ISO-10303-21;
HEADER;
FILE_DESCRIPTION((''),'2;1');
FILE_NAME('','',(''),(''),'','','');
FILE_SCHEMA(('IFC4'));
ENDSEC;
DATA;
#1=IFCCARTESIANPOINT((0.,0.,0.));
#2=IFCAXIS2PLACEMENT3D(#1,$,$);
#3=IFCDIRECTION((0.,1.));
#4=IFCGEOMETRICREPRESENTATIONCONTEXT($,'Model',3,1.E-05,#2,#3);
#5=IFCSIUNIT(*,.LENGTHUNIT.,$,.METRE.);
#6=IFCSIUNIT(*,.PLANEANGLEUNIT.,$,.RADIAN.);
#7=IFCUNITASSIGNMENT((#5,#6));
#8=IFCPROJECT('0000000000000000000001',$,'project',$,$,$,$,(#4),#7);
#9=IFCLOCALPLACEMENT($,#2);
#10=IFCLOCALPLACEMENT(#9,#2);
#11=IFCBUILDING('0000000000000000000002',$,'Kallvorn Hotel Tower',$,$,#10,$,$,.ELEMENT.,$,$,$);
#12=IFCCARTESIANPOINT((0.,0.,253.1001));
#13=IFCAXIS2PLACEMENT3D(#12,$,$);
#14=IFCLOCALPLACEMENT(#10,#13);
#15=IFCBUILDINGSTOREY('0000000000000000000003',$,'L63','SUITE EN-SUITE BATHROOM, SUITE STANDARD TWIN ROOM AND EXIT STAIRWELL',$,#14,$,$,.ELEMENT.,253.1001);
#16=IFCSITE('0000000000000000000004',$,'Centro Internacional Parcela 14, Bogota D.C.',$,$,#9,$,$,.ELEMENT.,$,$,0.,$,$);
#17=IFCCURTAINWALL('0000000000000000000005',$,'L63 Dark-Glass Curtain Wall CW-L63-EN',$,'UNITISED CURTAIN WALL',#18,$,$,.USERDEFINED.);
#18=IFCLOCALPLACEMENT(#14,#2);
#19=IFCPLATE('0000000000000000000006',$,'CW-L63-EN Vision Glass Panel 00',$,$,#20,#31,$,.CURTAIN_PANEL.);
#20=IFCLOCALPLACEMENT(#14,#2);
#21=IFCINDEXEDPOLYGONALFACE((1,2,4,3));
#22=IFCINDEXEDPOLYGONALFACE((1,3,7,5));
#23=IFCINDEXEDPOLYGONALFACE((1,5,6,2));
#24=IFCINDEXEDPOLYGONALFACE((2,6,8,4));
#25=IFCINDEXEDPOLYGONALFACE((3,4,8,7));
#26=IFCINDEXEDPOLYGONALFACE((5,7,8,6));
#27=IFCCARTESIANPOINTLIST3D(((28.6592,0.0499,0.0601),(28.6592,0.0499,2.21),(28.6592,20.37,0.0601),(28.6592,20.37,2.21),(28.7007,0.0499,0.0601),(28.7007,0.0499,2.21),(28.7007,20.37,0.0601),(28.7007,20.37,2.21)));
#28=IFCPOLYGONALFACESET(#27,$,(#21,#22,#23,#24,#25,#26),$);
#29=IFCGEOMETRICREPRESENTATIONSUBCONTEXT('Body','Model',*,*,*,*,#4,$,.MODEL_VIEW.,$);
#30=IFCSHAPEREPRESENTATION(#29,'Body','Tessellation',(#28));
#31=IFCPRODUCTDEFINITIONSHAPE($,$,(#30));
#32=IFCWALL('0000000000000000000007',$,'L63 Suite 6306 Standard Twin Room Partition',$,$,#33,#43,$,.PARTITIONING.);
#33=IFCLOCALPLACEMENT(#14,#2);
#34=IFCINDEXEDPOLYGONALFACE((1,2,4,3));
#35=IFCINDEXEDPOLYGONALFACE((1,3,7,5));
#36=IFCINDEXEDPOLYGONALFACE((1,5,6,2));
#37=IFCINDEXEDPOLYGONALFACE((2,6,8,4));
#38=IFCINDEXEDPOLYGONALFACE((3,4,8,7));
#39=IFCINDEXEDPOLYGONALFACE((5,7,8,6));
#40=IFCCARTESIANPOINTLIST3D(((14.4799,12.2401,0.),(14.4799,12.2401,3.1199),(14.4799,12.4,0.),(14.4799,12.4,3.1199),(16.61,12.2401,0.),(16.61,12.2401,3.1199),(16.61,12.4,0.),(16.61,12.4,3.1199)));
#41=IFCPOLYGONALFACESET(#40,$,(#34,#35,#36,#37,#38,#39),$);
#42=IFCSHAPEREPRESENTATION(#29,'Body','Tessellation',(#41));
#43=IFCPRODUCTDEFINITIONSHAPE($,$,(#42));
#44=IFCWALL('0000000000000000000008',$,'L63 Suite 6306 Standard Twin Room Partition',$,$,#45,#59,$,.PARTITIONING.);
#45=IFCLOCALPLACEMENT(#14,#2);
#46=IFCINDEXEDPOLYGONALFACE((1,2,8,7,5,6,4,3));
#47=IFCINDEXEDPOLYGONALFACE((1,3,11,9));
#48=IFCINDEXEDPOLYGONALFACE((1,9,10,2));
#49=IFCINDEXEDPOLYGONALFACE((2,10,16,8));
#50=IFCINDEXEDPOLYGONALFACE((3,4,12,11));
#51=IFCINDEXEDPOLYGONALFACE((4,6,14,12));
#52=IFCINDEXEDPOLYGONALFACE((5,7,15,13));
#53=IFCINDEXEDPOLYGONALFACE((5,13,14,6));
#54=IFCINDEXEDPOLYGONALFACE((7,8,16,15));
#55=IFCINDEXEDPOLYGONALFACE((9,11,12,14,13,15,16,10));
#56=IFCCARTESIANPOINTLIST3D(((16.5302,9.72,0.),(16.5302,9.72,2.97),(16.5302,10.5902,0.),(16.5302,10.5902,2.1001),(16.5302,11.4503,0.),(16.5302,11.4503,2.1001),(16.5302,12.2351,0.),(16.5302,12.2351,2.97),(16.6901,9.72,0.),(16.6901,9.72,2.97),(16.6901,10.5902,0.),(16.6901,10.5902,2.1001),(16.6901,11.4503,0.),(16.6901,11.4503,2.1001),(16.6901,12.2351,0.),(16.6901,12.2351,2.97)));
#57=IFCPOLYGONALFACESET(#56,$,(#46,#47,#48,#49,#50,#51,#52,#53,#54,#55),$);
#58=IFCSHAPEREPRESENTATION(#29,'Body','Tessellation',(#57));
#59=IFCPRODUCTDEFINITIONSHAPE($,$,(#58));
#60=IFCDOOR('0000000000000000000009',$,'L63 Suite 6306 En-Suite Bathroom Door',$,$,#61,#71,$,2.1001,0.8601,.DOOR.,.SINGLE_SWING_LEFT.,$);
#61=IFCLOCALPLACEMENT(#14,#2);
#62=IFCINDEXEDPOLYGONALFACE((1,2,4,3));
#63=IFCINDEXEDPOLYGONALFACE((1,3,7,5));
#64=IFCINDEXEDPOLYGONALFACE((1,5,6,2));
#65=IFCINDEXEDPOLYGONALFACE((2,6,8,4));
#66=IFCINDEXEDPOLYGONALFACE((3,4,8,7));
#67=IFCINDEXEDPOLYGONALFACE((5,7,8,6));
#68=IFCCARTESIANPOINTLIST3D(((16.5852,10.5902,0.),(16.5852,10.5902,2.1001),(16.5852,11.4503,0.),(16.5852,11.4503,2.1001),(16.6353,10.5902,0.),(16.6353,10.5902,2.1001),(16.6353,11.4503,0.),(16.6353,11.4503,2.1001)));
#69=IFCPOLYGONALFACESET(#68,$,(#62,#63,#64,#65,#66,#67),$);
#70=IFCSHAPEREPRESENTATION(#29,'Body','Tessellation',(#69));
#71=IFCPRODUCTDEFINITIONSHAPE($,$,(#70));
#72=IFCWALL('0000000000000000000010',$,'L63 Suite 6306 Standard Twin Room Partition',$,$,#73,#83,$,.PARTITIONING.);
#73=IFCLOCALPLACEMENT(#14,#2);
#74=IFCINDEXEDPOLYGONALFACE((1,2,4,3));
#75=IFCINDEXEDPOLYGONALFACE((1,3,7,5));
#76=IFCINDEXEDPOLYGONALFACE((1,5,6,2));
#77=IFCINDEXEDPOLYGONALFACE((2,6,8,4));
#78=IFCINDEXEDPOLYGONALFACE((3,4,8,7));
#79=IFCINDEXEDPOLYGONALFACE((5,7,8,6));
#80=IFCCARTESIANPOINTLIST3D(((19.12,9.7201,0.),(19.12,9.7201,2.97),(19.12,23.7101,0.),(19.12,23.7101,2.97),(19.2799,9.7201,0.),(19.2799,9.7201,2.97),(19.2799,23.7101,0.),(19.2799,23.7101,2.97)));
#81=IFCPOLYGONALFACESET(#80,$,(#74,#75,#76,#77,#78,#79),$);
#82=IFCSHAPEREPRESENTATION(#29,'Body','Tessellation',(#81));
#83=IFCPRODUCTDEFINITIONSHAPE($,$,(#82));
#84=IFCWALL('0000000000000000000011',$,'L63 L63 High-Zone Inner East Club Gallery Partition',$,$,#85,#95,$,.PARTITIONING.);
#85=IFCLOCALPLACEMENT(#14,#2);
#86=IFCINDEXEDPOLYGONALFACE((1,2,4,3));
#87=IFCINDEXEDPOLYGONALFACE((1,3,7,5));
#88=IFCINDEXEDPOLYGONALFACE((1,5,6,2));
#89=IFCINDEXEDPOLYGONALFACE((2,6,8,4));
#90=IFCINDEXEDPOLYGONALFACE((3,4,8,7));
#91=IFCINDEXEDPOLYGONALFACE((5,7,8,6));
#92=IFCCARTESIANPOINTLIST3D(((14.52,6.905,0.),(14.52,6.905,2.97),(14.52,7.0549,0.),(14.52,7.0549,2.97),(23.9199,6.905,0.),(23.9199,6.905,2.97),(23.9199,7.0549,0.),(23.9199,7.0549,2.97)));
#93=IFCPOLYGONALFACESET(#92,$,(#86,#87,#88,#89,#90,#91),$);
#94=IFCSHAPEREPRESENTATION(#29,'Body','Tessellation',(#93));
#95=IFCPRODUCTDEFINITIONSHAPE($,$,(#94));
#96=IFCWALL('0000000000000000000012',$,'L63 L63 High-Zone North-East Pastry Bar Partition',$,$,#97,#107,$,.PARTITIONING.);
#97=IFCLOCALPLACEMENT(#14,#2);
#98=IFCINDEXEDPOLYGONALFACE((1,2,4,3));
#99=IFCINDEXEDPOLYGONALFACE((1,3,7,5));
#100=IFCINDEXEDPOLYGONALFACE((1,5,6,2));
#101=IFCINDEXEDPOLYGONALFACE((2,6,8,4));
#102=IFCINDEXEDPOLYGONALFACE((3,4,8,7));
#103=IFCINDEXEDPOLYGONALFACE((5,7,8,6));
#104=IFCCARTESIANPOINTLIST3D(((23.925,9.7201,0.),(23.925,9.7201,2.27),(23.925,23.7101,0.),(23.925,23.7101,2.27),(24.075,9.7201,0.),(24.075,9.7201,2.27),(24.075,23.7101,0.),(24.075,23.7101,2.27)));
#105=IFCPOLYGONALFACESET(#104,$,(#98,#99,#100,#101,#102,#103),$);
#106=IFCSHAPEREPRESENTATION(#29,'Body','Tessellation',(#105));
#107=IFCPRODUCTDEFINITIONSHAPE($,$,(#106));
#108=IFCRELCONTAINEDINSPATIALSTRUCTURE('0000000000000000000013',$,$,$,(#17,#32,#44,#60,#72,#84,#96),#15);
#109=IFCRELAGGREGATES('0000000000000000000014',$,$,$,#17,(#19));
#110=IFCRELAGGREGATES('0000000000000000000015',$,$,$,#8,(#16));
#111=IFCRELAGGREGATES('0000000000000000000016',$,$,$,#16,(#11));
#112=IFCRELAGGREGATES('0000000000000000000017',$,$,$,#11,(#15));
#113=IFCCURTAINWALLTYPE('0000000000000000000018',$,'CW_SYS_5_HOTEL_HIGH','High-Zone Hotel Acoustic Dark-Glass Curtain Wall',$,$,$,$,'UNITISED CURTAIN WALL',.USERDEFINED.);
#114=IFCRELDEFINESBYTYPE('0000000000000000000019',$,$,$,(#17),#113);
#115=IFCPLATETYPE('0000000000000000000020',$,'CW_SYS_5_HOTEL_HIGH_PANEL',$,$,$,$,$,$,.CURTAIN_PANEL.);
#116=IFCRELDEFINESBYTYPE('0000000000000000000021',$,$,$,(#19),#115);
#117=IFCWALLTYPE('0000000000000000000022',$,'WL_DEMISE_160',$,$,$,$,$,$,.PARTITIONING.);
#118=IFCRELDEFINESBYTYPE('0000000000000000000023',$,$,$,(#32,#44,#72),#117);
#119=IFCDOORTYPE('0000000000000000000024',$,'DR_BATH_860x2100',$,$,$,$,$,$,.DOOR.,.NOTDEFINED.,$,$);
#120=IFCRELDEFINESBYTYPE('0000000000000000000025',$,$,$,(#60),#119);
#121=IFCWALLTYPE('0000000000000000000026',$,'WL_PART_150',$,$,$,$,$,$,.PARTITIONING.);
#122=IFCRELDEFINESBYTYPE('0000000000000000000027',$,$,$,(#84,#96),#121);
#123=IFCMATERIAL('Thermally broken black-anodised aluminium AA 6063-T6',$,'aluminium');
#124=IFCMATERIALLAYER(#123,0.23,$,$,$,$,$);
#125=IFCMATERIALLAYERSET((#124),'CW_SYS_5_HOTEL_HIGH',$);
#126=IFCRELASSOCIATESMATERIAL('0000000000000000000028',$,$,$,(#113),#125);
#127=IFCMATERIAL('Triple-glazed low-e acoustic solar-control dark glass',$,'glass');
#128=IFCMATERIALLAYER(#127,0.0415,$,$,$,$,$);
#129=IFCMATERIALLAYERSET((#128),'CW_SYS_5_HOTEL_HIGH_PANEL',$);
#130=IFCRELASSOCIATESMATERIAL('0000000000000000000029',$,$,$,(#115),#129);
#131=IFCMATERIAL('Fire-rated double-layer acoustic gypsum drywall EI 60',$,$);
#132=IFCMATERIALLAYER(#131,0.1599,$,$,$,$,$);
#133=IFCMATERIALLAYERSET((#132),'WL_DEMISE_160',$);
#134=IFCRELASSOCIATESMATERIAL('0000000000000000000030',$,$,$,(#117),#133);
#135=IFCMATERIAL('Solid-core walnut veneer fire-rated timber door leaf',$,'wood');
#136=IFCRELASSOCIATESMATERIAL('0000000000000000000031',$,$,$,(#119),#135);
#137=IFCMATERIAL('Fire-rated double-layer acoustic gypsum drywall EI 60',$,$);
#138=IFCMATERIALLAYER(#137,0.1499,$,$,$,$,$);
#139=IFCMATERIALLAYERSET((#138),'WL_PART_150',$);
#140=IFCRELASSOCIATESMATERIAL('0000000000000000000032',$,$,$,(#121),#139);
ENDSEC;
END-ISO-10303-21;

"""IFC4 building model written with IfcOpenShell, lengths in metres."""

from ifc_helpers import new_model, si_unit, direction, frame, frame_2d, origin, origin_2d, place, context, subcontext, project, spatial, rectangle, extrude, material, layer, layer_set, type_object, element, fill, aggregate, save


model = new_model("IFC4")

# Units and contexts
model_context = context("Model", 3, precision=1e-05, world=origin(), true_north=direction((0.0, 1.0)))
body_context = subcontext(model_context, "Body", "Model", "MODEL_VIEW")
ifc_project = project(units=[si_unit("LENGTHUNIT", "METRE"), si_unit("PLANEANGLEUNIT", "RADIAN")], contexts=[model_context])

# Site, building, storey
site_placement = place(None, origin())
site = spatial("IfcSite", under=ifc_project, at=site_placement, Name="Centro Internacional Parcela 14, Bogota D.C.", CompositionType="ELEMENT", RefElevation=0.0)
building_placement = place(site_placement, origin())
building = spatial("IfcBuilding", under=site, at=building_placement, Name="Kallvorn Hotel Tower", CompositionType="ELEMENT")
storey_placement = place(building_placement, frame((0.0, 0.0, 253.1001)))
storey = spatial("IfcBuildingStorey", under=building, at=storey_placement, Name="L63", Description="SUITE EN-SUITE BATHROOM, SUITE STANDARD TWIN ROOM AND EXIT STAIRWELL", CompositionType="ELEMENT", Elevation=253.1001)

# Curtain wall, plate
ifc_material_1 = material(Name="Thermally broken black-anodised aluminium AA 6063-T6", Category="aluminium")
ifc_layer_1 = layer(ifc_material_1, 0.23)
ifc_layer_set_1 = layer_set([ifc_layer_1], Name="CW_SYS_5_HOTEL_HIGH")
curtain_wall_type = type_object("IfcCurtainWallType", Name="CW_SYS_5_HOTEL_HIGH", Description="High-Zone Hotel Acoustic Dark-Glass Curtain Wall", ElementType="UNITISED CURTAIN WALL", PredefinedType="USERDEFINED", material=ifc_layer_set_1)
curtain_wall_placement = place(storey_placement, origin())
curtain_wall = element("IfcCurtainWall", 1, at=curtain_wall_placement, inside=storey, type_object=curtain_wall_type, Name="L63 Dark-Glass Curtain Wall CW-L63-EN", ObjectType="UNITISED CURTAIN WALL", PredefinedType="USERDEFINED")
ifc_material_2 = material(Name="Triple-glazed low-e acoustic solar-control dark glass", Category="glass")
ifc_layer_2 = layer(ifc_material_2, 0.0415)
ifc_layer_set_2 = layer_set([ifc_layer_2], Name="CW_SYS_5_HOTEL_HIGH_PANEL")
plate_type = type_object("IfcPlateType", Name="CW_SYS_5_HOTEL_HIGH_PANEL", PredefinedType="CURTAIN_PANEL", material=ifc_layer_set_2)
plate_placement = place(storey_placement, frame((28.6799, 10.21, 0.0601), z_axis=(0.0, 0.0, 1.0), x_axis=(0.0, 1.0, 0.0)))
plate = element("IfcPlate", 2, at=plate_placement, type_object=plate_type, Name="CW-L63-EN Vision Glass Panel 00", PredefinedType="CURTAIN_PANEL", context=body_context, shape_type="SweptSolid", body=[
    extrude(rectangle(XDim=20.3201, YDim=0.0415, at=origin_2d()), origin(), (0.0, 0.0, 1.0), 2.1499),
])
aggregate(curtain_wall, [plate])

# Wall
ifc_material_3 = material(Name="Fire-rated double-layer acoustic gypsum drywall EI 60")
ifc_layer_3 = layer(ifc_material_3, 0.1599)
ifc_layer_set_3 = layer_set([ifc_layer_3], Name="WL_DEMISE_160")
wall_type_1 = type_object("IfcWallType", Name="WL_DEMISE_160", PredefinedType="PARTITIONING", material=ifc_layer_set_3)
wall_1_placement = place(storey_placement, frame((14.48, 12.3201, 0.0), z_axis=(0.0, 0.0, 1.0), x_axis=(1.0, 0.0, 0.0)))
element("IfcWall", 3, at=wall_1_placement, inside=storey, type_object=wall_type_1, Name="L63 Suite 6306 Standard Twin Room Partition", PredefinedType="PARTITIONING", context=body_context, shape_type="SweptSolid", body=[
    extrude(rectangle(XDim=2.1301, YDim=0.1599, at=frame_2d((1.0649, 0.0))), origin(), (0.0, 0.0, 1.0), 3.1199),
])

# Wall, opening, door
wall_2_placement = place(storey_placement, frame((16.6101, 9.72, 0.0), z_axis=(0.0, 0.0, 1.0), x_axis=(0.0, 1.0, 0.0)))
wall_2 = element("IfcWall", 4, at=wall_2_placement, inside=storey, type_object=wall_type_1, Name="L63 Suite 6306 Standard Twin Room Partition", PredefinedType="PARTITIONING", context=body_context, shape_type="SweptSolid", body=[
    extrude(rectangle(XDim=2.5151, YDim=0.1599, at=frame_2d((1.2576, 0.0))), origin(), (0.0, 0.0, 1.0), 2.97),
])
opening_placement = place(wall_2_placement, frame((0.8701, 0.0, 0.0)))
opening = element("IfcOpeningElement", 5, at=opening_placement, cuts=wall_2, PredefinedType="OPENING", context=body_context, shape_type="SweptSolid", body=[
    extrude(rectangle(XDim=0.8601, YDim=2.1001, at=frame_2d((0.4302, 1.05))), frame((0.0, 0.095, 0.0), z_axis=(0.0, -1.0, 0.0), x_axis=(1.0, 0.0, 0.0)), (0.0, 0.0, 1.0), 0.1899),
])
ifc_material_4 = material(Name="Solid-core walnut veneer fire-rated timber door leaf", Category="wood")
door_type = type_object("IfcDoorType", Name="DR_BATH_860x2100", OperationType="NOTDEFINED", PredefinedType="DOOR", material=ifc_material_4)
door_placement = place(opening_placement, origin())
door = element("IfcDoor", 6, at=door_placement, inside=storey, type_object=door_type, Name="L63 Suite 6306 En-Suite Bathroom Door", OperationType="SINGLE_SWING_LEFT", OverallHeight=2.1001, OverallWidth=0.8601, PredefinedType="DOOR", context=body_context, shape_type="SweptSolid", body=[
    extrude(rectangle(XDim=0.8601, YDim=2.1001, at=frame_2d((0.4302, 1.05))), frame((0.0, 0.0249, 0.0), z_axis=(0.0, -1.0, 0.0), x_axis=(1.0, 0.0, 0.0)), (0.0, 0.0, 1.0), 0.05),
])
fill(opening, door)

# Walls
wall_3_placement = place(storey_placement, frame((19.2, 9.72, 0.0), z_axis=(0.0, 0.0, 1.0), x_axis=(0.0, 1.0, 0.0)))
element("IfcWall", 7, at=wall_3_placement, inside=storey, type_object=wall_type_1, Name="L63 Suite 6306 Standard Twin Room Partition", PredefinedType="PARTITIONING", context=body_context, shape_type="SweptSolid", body=[
    extrude(rectangle(XDim=13.99, YDim=0.1599, at=frame_2d((6.9951, 0.0))), origin(), (0.0, 0.0, 1.0), 2.97),
])
ifc_material_5 = material(Name="Fire-rated double-layer acoustic gypsum drywall EI 60")
ifc_layer_4 = layer(ifc_material_5, 0.1499)
ifc_layer_set_4 = layer_set([ifc_layer_4], Name="WL_PART_150")
wall_type_2 = type_object("IfcWallType", Name="WL_PART_150", PredefinedType="PARTITIONING", material=ifc_layer_set_4)
wall_4_placement = place(storey_placement, frame((14.52, 6.98, 0.0), z_axis=(0.0, 0.0, 1.0), x_axis=(1.0, 0.0, 0.0)))
element("IfcWall", 8, at=wall_4_placement, inside=storey, type_object=wall_type_2, Name="L63 L63 High-Zone Inner East Club Gallery Partition", PredefinedType="PARTITIONING", context=body_context, shape_type="SweptSolid", body=[
    extrude(rectangle(XDim=9.3999, YDim=0.1499, at=frame_2d((4.7, 0.0))), origin(), (0.0, 0.0, 1.0), 2.97),
])
wall_5_placement = place(storey_placement, frame((24.0, 9.72, 0.0), z_axis=(0.0, 0.0, 1.0), x_axis=(0.0, 1.0, 0.0)))
element("IfcWall", 9, at=wall_5_placement, inside=storey, type_object=wall_type_2, Name="L63 L63 High-Zone North-East Pastry Bar Partition", PredefinedType="PARTITIONING", context=body_context, shape_type="SweptSolid", body=[
    extrude(rectangle(XDim=13.99, YDim=0.1499, at=frame_2d((6.9951, 0.0))), origin(), (0.0, 0.0, 1.0), 2.27),
])

save(model, "model.ifc")
